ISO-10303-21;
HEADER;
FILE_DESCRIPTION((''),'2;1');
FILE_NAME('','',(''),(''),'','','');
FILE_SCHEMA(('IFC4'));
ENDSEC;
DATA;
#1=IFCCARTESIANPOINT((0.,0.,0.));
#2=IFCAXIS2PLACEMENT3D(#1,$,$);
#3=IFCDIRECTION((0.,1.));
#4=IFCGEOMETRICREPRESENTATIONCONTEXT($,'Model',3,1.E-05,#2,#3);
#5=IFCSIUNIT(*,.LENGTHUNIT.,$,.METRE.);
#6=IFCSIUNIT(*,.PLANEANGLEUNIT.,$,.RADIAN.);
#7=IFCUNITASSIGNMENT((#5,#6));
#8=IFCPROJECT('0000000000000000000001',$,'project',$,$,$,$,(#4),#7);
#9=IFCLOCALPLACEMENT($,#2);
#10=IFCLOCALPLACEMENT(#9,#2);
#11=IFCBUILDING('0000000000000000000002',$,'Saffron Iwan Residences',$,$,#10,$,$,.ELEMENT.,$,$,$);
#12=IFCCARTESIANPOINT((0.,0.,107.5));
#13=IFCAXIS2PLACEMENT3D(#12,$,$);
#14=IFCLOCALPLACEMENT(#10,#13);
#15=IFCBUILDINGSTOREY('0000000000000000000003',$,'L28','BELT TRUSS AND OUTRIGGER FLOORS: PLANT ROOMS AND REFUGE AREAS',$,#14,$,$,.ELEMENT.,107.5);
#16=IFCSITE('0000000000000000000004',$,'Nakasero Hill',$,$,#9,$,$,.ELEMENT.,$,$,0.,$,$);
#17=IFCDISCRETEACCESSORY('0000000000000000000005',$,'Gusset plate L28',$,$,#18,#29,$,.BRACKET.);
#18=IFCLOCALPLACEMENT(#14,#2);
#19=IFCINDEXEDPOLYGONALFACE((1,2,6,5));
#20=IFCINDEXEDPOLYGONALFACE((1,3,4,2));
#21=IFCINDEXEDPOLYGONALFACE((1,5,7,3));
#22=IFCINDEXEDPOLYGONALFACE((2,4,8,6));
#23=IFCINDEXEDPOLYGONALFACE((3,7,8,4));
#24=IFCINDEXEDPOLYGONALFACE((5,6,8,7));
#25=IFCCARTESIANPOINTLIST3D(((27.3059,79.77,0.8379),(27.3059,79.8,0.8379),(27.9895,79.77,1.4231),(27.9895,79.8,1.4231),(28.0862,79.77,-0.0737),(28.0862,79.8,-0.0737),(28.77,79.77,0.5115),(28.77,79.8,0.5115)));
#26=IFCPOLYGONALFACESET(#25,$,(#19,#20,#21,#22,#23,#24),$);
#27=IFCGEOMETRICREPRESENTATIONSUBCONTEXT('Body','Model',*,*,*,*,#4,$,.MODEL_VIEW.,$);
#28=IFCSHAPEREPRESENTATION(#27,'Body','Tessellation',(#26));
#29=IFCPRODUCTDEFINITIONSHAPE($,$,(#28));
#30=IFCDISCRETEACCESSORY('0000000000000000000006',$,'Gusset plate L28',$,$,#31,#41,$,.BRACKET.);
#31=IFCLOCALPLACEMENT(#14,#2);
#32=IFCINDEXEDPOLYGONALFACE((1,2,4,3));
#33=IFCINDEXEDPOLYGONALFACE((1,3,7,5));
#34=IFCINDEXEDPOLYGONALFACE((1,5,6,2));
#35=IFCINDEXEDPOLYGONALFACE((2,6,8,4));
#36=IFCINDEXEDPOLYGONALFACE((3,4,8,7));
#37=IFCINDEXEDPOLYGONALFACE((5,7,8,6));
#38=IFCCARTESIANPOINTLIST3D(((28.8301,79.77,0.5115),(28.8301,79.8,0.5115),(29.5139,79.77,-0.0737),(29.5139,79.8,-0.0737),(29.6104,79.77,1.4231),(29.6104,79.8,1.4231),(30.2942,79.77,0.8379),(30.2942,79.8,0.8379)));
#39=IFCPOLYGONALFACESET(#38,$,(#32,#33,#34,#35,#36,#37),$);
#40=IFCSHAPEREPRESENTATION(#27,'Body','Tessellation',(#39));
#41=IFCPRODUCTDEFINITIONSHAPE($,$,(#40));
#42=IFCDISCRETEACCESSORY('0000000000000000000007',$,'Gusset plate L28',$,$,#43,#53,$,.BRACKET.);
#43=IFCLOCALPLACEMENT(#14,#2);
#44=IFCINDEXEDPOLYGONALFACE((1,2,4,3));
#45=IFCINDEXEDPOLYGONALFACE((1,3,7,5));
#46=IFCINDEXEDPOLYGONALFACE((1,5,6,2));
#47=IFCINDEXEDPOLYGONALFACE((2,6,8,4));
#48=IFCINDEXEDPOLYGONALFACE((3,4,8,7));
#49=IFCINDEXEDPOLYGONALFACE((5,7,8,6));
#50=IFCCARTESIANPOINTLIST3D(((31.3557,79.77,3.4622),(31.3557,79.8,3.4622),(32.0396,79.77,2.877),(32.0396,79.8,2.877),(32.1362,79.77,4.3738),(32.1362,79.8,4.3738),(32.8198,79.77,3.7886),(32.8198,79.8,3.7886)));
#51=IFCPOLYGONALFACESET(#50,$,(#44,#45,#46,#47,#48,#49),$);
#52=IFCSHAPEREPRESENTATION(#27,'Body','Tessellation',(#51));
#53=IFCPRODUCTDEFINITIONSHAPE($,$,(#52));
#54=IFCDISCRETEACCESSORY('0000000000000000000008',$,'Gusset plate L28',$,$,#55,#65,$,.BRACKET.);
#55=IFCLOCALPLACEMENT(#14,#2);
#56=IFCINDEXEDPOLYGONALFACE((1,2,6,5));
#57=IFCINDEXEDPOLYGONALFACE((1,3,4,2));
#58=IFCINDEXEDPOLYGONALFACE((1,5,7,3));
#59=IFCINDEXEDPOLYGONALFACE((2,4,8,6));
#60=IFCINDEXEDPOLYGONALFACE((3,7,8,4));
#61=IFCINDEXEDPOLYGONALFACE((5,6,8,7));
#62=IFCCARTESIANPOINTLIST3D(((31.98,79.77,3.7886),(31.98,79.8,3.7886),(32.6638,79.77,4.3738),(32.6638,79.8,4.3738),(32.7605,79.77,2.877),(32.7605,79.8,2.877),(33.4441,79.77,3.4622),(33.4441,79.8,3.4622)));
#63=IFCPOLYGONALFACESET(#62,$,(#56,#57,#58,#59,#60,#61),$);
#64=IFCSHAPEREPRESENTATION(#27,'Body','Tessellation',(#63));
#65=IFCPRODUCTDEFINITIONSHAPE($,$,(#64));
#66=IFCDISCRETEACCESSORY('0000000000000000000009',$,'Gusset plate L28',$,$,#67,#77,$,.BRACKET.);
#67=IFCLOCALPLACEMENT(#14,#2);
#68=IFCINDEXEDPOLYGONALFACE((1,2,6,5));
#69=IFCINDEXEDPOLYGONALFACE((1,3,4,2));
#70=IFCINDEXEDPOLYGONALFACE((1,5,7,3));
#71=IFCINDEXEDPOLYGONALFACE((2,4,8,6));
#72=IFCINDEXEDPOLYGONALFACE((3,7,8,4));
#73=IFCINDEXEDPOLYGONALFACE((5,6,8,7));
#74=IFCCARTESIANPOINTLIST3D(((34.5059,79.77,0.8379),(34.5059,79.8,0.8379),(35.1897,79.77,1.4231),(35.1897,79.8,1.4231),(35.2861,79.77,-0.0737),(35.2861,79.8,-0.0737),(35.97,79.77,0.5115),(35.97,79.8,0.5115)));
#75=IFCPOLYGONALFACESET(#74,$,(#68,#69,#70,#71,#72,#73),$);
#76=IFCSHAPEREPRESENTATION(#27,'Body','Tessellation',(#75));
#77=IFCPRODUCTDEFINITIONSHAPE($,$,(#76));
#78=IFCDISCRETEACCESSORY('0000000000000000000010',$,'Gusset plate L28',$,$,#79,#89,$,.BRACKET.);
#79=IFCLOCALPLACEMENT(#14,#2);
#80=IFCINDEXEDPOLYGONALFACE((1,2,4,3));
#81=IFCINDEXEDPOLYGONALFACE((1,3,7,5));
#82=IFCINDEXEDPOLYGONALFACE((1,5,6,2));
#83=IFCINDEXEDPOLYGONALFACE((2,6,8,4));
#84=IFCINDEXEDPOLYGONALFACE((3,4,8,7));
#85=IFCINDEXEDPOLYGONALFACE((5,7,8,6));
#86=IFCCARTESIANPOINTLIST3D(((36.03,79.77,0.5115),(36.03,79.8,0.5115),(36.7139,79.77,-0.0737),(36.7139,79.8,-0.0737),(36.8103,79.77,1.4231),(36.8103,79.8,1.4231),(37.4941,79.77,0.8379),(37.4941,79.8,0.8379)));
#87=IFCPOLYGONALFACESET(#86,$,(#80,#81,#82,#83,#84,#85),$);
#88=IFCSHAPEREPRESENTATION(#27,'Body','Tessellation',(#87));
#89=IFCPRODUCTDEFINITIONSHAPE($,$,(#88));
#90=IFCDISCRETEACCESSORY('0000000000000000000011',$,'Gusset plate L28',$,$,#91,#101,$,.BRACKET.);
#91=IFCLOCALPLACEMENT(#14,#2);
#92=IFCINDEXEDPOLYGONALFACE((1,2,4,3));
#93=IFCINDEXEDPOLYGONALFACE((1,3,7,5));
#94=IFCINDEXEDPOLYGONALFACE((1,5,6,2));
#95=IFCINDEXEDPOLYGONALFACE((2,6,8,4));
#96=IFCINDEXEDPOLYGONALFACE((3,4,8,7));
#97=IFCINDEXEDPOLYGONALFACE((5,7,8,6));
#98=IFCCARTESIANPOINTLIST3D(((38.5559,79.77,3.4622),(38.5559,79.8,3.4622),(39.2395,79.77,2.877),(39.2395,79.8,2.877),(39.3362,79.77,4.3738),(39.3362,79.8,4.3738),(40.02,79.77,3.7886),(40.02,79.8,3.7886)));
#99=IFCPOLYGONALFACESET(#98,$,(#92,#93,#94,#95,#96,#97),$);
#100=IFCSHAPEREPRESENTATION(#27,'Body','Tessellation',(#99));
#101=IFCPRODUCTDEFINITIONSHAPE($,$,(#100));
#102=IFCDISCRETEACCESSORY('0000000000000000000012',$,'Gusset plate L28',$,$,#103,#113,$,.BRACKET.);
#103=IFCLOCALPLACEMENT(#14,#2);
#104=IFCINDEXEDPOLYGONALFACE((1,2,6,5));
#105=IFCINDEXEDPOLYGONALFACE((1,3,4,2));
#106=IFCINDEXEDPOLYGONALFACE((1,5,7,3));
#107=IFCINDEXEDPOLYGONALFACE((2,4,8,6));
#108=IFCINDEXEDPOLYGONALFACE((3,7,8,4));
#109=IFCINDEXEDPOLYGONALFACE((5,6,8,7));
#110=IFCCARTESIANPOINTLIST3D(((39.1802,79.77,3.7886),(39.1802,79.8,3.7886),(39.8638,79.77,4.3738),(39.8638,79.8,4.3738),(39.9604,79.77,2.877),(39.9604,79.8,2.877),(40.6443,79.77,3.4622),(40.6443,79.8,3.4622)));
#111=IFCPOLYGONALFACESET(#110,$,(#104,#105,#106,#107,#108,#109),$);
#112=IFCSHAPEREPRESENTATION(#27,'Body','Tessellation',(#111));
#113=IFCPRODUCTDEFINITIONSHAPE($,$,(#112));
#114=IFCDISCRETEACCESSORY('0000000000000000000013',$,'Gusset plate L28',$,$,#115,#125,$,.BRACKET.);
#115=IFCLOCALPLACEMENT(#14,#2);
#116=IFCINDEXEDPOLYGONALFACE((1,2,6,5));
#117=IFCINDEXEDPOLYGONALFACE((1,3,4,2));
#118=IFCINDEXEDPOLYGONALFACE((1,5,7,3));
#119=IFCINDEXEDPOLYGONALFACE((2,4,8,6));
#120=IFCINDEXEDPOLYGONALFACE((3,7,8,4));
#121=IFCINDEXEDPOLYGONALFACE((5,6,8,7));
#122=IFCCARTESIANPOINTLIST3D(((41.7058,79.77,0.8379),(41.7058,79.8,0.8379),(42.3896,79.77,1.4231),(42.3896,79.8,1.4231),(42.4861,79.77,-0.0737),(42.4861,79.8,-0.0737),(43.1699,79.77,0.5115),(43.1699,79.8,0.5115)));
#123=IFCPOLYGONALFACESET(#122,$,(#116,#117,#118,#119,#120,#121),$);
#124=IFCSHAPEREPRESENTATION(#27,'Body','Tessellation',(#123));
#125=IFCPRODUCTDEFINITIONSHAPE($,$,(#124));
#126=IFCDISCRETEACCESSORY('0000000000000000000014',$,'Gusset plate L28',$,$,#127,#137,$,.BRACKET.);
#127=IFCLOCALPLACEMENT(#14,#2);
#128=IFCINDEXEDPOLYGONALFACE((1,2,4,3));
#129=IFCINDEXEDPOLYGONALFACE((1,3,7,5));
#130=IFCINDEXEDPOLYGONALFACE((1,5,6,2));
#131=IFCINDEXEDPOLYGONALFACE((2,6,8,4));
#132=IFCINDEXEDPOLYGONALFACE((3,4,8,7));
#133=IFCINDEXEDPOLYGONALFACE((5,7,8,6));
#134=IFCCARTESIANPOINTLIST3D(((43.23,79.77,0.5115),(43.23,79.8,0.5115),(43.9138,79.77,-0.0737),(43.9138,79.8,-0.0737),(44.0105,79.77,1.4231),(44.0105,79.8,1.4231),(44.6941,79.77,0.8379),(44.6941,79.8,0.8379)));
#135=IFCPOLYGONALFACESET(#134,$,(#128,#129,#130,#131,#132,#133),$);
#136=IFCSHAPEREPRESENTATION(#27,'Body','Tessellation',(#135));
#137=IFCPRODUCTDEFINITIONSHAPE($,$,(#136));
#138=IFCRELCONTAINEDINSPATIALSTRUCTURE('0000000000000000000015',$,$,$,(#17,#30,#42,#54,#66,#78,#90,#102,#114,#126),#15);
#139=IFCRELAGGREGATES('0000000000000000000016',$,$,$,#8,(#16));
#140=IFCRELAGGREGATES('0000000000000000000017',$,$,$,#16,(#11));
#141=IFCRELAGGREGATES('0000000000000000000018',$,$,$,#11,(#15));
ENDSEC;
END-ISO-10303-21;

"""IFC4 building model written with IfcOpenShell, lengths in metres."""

from ifc_helpers import new_model, si_unit, direction, frame, origin, place, context, subcontext, project, spatial, polyline, outline, extrude, element, save


model = new_model("IFC4")

# Units and contexts
model_context = context("Model", 3, precision=1e-05, world=origin(), true_north=direction((0.0, 1.0)))
body_context = subcontext(model_context, "Body", "Model", "MODEL_VIEW")
ifc_project = project(units=[si_unit("LENGTHUNIT", "METRE"), si_unit("PLANEANGLEUNIT", "RADIAN")], contexts=[model_context])

# Site, building, storey
site_placement = place(None, origin())
site = spatial("IfcSite", under=ifc_project, at=site_placement, Name="Nakasero Hill", CompositionType="ELEMENT", RefElevation=0.0)
building_placement = place(site_placement, origin())
building = spatial("IfcBuilding", under=site, at=building_placement, Name="Saffron Iwan Residences", CompositionType="ELEMENT")
storey_placement = place(building_placement, frame((0.0, 0.0, 107.5)))
storey = spatial("IfcBuildingStorey", under=building, at=storey_placement, Name="L28", Description="BELT TRUSS AND OUTRIGGER FLOORS: PLANT ROOMS AND REFUGE AREAS", CompositionType="ELEMENT", Elevation=107.5)

# Discrete accessories
discrete_accessory_1_placement = place(storey_placement, frame((28.0862, 79.8, -0.0737), z_axis=(0.0, 1.0, 0.0), x_axis=(-0.650255, 0.0, 0.759716)))
element("IfcDiscreteAccessory", 1, at=discrete_accessory_1_placement, inside=storey, Name="Gusset plate L28", PredefinedType="BRACKET", context=body_context, shape_type="SweptSolid", body=[
    extrude(outline(polyline([(0.0, 0.0), (1.1999, 0.0), (1.2, 0.8999), (-0.0001, 0.9001), (0.0, 0.0)])), origin(), (0.0, 0.0, -1.0), 0.03),
])
discrete_accessory_2_placement = place(storey_placement, frame((28.8301, 79.8, 0.5115), z_axis=(0.0, 1.0, 0.0), x_axis=(0.650255, 0.0, 0.759716)))
element("IfcDiscreteAccessory", 2, at=discrete_accessory_2_placement, inside=storey, Name="Gusset plate L28", PredefinedType="BRACKET", context=body_context, shape_type="SweptSolid", body=[
    extrude(outline(polyline([(0.0, 0.0), (1.1999, 0.0), (1.2, 0.9001), (0.0001, 0.9001), (0.0, 0.0)])), origin(), (0.0, 0.0, -1.0), 0.03),
])
discrete_accessory_3_placement = place(storey_placement, frame((32.8198, 79.8, 3.7886), z_axis=(0.0, 1.0, 0.0), x_axis=(-0.650255, 0.0, -0.759716)))
element("IfcDiscreteAccessory", 3, at=discrete_accessory_3_placement, inside=storey, Name="Gusset plate L28", PredefinedType="BRACKET", context=body_context, shape_type="SweptSolid", body=[
    extrude(outline(polyline([(0.0, 0.0), (1.1999, 0.0), (1.2, 0.9001), (-0.0001, 0.8999), (0.0, 0.0)])), origin(), (0.0, 0.0, -1.0), 0.03),
])
discrete_accessory_4_placement = place(storey_placement, frame((32.6638, 79.8, 4.3738), z_axis=(0.0, 1.0, 0.0), x_axis=(0.650255, 0.0, -0.759716)))
element("IfcDiscreteAccessory", 4, at=discrete_accessory_4_placement, inside=storey, Name="Gusset plate L28", PredefinedType="BRACKET", context=body_context, shape_type="SweptSolid", body=[
    extrude(outline(polyline([(0.0, 0.0), (1.1999, 0.0), (1.2, 0.8999), (-0.0001, 0.9001), (0.0, 0.0)])), origin(), (0.0, 0.0, -1.0), 0.03),
])
discrete_accessory_5_placement = place(storey_placement, frame((35.2861, 79.8, -0.0737), z_axis=(0.0, 1.0, 0.0), x_axis=(-0.650255, 0.0, 0.759716)))
element("IfcDiscreteAccessory", 5, at=discrete_accessory_5_placement, inside=storey, Name="Gusset plate L28", PredefinedType="BRACKET", context=body_context, shape_type="SweptSolid", body=[
    extrude(outline(polyline([(0.0, 0.0), (1.1999, 0.0), (1.1999, 0.9001), (-0.0001, 0.9001), (0.0, 0.0)])), origin(), (0.0, 0.0, -1.0), 0.03),
])
discrete_accessory_6_placement = place(storey_placement, frame((36.03, 79.8, 0.5115), z_axis=(0.0, 1.0, 0.0), x_axis=(0.650255, 0.0, 0.759716)))
element("IfcDiscreteAccessory", 6, at=discrete_accessory_6_placement, inside=storey, Name="Gusset plate L28", PredefinedType="BRACKET", context=body_context, shape_type="SweptSolid", body=[
    extrude(outline(polyline([(0.0, 0.0), (1.1999, 0.0), (1.2, 0.9001), (0.0001, 0.9001), (0.0, 0.0)])), origin(), (0.0, 0.0, -1.0), 0.03),
])
discrete_accessory_7_placement = place(storey_placement, frame((40.02, 79.8, 3.7886), z_axis=(0.0, 1.0, 0.0), x_axis=(-0.650372, 0.0, -0.759615)))
element("IfcDiscreteAccessory", 7, at=discrete_accessory_7_placement, inside=storey, Name="Gusset plate L28", PredefinedType="BRACKET", context=body_context, shape_type="SweptSolid", body=[
    extrude(outline(polyline([(0.0, 0.0), (1.2001, 0.0), (1.2002, 0.8999), (0.0002, 0.9001), (0.0, 0.0)])), origin(), (0.0, 0.0, -1.0), 0.03),
])
discrete_accessory_8_placement = place(storey_placement, frame((39.8638, 79.8, 4.3738), z_axis=(0.0, 1.0, 0.0), x_axis=(0.650372, 0.0, -0.759615)))
element("IfcDiscreteAccessory", 8, at=discrete_accessory_8_placement, inside=storey, Name="Gusset plate L28", PredefinedType="BRACKET", context=body_context, shape_type="SweptSolid", body=[
    extrude(outline(polyline([(0.0, 0.0), (1.2001, 0.0), (1.1999, 0.9001), (-0.0001, 0.8999), (0.0, 0.0)])), origin(), (0.0, 0.0, -1.0), 0.03),
])
discrete_accessory_9_placement = place(storey_placement, frame((42.4861, 79.8, -0.0737), z_axis=(0.0, 1.0, 0.0), x_axis=(-0.650255, 0.0, 0.759716)))
element("IfcDiscreteAccessory", 9, at=discrete_accessory_9_placement, inside=storey, Name="Gusset plate L28", PredefinedType="BRACKET", context=body_context, shape_type="SweptSolid", body=[
    extrude(outline(polyline([(0.0, 0.0), (1.1999, 0.0), (1.1999, 0.9001), (-0.0001, 0.9001), (0.0, 0.0)])), origin(), (0.0, 0.0, -1.0), 0.03),
])
discrete_accessory_10_placement = place(storey_placement, frame((43.23, 79.8, 0.5115), z_axis=(0.0, 1.0, 0.0), x_axis=(0.650372, 0.0, 0.759615)))
element("IfcDiscreteAccessory", 10, at=discrete_accessory_10_placement, inside=storey, Name="Gusset plate L28", PredefinedType="BRACKET", context=body_context, shape_type="SweptSolid", body=[
    extrude(outline(polyline([(0.0, 0.0), (1.2001, 0.0), (1.2002, 0.8999), (0.0002, 0.9001), (0.0, 0.0)])), origin(), (0.0, 0.0, -1.0), 0.03),
])

save(model, "model.ifc")
